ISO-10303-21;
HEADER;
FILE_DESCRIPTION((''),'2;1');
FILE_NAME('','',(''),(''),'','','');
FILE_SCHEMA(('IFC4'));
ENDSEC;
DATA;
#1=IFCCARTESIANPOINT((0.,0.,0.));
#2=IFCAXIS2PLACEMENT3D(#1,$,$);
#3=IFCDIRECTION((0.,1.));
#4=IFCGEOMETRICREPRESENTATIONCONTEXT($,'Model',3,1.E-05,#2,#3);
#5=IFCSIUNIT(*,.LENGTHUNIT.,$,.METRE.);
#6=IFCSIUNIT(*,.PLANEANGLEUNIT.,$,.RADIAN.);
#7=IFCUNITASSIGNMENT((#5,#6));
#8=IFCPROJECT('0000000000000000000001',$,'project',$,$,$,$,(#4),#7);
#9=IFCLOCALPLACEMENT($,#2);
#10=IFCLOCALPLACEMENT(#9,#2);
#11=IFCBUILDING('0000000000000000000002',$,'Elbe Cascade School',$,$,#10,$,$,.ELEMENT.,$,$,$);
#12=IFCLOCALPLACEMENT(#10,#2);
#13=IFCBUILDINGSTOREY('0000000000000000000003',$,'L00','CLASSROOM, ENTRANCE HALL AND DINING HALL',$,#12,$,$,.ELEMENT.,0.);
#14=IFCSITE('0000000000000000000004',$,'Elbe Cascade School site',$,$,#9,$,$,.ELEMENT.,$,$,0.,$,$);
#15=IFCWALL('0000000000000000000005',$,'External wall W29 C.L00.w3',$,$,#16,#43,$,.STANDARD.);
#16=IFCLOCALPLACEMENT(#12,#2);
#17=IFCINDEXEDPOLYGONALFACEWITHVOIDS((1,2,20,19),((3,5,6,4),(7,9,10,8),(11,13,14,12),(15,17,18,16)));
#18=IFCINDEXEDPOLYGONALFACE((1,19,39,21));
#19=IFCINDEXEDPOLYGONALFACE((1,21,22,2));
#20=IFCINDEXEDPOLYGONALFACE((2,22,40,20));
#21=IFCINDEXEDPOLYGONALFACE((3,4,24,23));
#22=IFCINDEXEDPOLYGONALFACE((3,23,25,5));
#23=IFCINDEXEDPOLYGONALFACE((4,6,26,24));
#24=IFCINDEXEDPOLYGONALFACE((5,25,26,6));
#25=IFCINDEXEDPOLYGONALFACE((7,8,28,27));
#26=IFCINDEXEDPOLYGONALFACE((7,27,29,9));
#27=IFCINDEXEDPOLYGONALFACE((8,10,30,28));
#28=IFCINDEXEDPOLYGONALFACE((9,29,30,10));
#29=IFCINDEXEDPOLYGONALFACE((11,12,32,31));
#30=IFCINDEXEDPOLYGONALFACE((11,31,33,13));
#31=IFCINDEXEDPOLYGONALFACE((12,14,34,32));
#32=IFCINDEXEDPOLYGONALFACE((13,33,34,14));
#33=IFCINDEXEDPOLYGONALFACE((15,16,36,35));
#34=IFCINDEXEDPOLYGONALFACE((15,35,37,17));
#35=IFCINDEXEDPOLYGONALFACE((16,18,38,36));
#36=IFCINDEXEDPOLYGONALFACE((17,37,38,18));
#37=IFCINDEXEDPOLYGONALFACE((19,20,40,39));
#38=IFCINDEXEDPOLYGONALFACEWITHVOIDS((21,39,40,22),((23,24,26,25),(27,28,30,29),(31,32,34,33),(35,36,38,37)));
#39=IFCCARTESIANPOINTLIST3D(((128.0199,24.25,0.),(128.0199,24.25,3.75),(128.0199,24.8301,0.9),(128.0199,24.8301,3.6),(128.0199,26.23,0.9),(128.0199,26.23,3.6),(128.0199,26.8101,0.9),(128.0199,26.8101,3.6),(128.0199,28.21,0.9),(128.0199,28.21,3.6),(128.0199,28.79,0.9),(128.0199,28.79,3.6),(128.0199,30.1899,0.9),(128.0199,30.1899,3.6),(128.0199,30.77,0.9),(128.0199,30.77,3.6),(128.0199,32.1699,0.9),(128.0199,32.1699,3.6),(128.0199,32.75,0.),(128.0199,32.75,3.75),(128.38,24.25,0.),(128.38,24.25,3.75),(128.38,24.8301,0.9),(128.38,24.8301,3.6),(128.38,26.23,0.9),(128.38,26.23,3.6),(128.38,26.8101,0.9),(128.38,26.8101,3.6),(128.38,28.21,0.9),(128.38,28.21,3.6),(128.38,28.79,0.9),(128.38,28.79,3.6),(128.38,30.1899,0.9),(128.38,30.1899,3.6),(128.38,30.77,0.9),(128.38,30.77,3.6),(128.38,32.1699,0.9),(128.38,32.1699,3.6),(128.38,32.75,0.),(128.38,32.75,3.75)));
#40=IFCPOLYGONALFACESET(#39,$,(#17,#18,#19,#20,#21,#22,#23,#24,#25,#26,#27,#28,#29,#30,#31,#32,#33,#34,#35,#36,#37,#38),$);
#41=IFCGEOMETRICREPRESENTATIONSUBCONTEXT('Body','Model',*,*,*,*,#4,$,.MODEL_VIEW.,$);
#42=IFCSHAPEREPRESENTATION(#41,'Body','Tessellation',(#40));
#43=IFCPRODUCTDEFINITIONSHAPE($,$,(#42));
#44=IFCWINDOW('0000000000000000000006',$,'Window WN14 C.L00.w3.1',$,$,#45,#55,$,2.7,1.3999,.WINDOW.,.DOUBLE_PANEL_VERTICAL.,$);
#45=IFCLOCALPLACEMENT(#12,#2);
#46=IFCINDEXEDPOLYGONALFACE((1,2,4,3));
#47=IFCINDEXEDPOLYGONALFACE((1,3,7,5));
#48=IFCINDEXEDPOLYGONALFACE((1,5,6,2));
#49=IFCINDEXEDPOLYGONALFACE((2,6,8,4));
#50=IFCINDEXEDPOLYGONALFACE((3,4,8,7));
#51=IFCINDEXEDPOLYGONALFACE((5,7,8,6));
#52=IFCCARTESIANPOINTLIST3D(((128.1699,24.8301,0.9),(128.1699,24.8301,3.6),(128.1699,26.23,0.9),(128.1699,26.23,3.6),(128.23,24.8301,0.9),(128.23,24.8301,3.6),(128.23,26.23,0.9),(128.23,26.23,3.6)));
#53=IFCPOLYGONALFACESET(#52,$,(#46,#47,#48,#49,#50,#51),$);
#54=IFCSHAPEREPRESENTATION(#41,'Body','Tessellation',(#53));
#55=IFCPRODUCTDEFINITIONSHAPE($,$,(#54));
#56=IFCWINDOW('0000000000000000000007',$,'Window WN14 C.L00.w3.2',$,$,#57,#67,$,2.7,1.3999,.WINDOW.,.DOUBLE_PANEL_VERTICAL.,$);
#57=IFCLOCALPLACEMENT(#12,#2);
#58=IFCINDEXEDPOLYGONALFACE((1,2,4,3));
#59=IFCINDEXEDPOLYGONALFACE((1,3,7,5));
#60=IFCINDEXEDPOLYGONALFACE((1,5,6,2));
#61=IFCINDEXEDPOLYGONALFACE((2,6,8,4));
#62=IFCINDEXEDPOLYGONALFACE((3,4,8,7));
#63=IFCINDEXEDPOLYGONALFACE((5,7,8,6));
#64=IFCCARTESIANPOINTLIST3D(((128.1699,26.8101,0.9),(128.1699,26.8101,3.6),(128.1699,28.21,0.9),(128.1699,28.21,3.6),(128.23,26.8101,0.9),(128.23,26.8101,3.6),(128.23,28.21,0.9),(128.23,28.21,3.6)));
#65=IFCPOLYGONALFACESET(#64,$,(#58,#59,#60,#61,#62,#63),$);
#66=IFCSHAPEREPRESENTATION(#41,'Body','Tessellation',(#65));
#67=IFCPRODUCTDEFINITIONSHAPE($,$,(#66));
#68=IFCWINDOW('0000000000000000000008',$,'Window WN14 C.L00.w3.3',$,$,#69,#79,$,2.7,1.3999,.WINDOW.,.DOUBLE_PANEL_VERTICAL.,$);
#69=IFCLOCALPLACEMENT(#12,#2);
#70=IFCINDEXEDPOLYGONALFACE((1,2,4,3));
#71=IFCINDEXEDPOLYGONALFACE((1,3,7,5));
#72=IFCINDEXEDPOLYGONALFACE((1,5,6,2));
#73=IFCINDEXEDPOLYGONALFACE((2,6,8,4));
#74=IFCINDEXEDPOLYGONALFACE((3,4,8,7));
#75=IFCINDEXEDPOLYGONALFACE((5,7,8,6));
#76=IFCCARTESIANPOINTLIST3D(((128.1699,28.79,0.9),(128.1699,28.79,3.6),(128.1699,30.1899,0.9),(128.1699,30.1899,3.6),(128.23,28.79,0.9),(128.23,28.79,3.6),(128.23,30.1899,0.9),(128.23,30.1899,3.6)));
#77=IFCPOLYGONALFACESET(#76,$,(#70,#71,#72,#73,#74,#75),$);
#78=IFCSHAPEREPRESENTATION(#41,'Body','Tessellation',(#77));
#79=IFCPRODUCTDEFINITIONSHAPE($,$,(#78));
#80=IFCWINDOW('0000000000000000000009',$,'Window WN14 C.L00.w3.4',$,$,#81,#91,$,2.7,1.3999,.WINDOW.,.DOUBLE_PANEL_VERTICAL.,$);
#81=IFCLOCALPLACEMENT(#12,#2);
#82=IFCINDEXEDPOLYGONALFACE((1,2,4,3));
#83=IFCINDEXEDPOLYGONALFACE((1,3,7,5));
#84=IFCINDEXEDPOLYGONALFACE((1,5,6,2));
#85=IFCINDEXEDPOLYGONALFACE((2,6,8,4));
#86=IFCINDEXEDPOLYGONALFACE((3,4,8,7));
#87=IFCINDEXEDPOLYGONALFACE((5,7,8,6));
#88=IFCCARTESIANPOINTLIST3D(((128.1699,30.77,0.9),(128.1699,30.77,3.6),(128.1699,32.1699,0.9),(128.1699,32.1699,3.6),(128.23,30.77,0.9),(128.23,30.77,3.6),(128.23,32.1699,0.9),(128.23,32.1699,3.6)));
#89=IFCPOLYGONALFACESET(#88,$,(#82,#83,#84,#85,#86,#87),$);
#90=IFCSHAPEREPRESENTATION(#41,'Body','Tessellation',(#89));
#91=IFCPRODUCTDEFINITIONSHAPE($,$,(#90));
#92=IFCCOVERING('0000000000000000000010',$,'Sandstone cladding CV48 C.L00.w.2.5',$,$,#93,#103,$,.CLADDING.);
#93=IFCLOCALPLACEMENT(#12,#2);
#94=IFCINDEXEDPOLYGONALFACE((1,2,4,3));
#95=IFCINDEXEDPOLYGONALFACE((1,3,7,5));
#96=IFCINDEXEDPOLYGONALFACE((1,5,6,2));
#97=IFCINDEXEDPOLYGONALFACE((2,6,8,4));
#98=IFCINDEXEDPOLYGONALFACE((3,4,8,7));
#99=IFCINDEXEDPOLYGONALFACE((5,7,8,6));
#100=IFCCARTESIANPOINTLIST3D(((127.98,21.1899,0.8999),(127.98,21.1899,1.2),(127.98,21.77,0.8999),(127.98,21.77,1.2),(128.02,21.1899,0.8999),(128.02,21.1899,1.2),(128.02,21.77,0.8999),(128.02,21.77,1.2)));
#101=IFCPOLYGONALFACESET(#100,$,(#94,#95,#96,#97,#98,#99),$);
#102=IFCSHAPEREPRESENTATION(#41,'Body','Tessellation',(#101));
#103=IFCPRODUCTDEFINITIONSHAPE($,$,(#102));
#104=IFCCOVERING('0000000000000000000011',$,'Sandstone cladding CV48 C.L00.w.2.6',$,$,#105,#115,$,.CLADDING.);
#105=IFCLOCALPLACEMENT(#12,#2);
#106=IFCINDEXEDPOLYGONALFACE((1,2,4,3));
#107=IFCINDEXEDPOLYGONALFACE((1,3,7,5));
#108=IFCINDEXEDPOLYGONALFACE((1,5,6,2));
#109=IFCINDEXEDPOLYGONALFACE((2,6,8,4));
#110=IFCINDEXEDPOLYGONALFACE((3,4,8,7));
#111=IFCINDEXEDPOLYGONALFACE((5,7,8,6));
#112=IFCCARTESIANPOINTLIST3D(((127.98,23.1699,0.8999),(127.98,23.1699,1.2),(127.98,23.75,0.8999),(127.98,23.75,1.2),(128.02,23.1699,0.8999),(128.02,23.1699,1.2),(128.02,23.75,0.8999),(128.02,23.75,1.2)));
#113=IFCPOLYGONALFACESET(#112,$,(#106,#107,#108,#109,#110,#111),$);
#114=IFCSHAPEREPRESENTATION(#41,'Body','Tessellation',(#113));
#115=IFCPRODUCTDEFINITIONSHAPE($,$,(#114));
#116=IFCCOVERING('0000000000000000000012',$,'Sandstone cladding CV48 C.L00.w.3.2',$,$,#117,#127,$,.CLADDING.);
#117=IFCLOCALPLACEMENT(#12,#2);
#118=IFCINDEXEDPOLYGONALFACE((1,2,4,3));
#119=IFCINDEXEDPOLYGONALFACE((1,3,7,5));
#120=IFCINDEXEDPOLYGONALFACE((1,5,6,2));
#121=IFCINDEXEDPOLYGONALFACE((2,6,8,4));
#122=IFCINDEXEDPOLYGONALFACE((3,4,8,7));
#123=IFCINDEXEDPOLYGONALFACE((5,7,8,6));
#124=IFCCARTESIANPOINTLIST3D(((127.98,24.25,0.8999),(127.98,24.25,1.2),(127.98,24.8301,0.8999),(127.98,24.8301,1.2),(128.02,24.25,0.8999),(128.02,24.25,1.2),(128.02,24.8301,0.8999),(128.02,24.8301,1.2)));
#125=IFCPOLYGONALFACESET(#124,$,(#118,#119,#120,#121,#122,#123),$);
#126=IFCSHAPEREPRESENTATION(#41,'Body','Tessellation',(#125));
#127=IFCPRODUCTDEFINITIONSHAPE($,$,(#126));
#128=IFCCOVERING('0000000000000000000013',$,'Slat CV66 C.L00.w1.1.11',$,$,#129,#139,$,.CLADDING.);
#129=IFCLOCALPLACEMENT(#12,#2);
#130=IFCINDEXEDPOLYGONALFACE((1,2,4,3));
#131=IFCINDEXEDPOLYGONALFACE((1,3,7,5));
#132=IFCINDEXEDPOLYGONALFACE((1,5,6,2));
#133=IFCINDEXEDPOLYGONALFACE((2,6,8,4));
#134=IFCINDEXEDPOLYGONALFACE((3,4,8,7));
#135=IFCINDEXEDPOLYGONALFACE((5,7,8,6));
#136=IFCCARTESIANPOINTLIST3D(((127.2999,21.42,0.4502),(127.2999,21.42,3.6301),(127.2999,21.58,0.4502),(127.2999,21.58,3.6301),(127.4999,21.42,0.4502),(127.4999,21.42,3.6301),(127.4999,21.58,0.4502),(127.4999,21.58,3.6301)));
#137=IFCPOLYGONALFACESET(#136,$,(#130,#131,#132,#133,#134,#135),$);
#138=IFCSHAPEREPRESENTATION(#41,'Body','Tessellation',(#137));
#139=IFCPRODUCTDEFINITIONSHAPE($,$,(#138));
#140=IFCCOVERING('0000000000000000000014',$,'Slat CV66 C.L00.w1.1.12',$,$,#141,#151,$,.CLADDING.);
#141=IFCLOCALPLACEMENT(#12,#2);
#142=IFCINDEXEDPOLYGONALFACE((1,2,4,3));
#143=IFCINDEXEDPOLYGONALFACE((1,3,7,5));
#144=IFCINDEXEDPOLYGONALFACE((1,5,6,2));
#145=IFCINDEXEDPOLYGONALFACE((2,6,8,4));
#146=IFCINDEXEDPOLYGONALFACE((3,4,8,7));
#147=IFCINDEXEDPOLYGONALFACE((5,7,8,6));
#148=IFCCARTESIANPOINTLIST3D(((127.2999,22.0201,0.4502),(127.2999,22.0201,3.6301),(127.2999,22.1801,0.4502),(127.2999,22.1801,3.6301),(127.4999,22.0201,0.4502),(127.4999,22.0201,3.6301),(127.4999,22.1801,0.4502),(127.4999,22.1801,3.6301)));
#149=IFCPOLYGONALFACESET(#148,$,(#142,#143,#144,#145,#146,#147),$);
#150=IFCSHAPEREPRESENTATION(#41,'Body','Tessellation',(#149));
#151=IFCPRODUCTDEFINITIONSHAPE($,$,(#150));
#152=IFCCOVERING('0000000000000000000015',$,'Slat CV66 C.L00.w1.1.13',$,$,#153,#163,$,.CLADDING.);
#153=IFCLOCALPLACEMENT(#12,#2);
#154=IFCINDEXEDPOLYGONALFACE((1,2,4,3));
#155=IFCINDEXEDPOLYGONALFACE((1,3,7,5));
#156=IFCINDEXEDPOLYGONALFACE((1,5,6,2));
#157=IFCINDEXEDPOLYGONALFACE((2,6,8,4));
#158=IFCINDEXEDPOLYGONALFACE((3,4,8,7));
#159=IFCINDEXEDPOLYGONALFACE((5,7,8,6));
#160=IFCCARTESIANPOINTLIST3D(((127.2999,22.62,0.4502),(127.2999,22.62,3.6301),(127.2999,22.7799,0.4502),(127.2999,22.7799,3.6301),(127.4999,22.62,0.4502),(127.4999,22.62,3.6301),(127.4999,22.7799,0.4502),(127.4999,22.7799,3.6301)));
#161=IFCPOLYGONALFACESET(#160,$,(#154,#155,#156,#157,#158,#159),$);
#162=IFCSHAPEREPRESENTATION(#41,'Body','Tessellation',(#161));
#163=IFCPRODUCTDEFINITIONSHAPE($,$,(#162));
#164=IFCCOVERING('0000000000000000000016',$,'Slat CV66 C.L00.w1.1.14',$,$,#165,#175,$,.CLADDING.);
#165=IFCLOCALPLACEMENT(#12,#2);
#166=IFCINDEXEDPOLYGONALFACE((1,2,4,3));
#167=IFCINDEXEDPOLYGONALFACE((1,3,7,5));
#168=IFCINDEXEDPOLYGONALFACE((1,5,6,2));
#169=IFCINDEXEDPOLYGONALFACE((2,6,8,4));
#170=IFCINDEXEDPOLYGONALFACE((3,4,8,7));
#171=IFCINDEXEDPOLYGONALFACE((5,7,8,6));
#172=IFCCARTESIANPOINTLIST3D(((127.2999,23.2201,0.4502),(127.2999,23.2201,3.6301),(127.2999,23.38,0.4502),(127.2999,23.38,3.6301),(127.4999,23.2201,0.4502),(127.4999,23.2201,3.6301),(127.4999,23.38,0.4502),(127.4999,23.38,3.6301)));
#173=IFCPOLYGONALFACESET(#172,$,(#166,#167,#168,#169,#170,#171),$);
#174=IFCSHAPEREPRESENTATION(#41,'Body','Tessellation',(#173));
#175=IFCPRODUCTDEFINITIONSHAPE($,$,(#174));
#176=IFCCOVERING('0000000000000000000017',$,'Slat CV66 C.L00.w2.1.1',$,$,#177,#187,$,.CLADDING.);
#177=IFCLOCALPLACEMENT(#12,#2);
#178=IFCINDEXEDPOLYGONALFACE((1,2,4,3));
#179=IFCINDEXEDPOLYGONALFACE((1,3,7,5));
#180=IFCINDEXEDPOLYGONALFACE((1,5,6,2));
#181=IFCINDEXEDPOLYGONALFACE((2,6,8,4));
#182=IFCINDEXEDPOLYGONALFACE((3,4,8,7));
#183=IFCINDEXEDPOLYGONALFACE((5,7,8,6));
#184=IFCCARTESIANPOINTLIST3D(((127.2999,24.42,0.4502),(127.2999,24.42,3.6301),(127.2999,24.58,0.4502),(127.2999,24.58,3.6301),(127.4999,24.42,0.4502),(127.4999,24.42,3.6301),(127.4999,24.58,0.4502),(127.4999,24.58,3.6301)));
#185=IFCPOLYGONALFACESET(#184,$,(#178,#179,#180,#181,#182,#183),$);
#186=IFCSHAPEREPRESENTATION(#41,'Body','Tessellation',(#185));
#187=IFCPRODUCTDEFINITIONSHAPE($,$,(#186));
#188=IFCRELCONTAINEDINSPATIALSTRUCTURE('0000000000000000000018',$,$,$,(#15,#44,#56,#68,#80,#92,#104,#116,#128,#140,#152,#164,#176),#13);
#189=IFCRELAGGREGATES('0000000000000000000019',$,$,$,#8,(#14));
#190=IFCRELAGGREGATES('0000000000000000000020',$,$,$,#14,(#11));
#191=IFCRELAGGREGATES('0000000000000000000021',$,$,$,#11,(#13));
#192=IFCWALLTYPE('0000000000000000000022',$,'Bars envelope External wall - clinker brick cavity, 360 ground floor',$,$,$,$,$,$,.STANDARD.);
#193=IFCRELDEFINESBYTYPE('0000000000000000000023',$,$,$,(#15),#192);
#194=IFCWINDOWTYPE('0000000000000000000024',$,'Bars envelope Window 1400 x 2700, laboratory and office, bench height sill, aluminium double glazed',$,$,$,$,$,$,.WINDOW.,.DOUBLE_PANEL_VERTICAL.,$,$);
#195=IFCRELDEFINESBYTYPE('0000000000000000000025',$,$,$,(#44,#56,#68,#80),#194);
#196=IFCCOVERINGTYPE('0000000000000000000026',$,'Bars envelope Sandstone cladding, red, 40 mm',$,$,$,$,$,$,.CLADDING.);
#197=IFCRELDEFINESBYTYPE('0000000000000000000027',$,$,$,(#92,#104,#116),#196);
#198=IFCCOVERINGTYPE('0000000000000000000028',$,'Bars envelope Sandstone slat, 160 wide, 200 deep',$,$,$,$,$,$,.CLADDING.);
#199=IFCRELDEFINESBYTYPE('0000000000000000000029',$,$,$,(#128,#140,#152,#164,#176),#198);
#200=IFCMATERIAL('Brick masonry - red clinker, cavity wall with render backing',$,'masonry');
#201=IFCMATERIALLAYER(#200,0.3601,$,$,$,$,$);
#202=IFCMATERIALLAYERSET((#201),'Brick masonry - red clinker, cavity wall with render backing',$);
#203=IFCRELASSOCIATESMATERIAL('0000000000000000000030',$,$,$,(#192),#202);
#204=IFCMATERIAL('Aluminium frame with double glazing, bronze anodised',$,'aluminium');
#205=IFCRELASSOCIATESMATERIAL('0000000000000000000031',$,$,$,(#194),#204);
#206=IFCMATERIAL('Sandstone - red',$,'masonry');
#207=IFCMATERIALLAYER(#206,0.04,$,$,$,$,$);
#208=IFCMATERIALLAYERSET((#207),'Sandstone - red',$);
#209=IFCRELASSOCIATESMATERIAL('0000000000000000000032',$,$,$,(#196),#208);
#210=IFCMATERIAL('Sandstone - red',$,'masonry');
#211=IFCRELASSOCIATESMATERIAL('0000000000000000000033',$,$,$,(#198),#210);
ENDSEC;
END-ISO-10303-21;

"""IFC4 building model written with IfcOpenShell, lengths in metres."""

from ifc_helpers import new_model, si_unit, direction, frame, frame_2d, origin, origin_2d, place, context, subcontext, project, spatial, rectangle, extrude, material, layer, layer_set, type_object, element, fill, save


model = new_model("IFC4")

# Units and contexts
model_context = context("Model", 3, precision=1e-05, world=origin(), true_north=direction((0.0, 1.0)))
body_context = subcontext(model_context, "Body", "Model", "MODEL_VIEW")
ifc_project = project(units=[si_unit("LENGTHUNIT", "METRE"), si_unit("PLANEANGLEUNIT", "RADIAN")], contexts=[model_context])

# Site, building, storey
site_placement = place(None, origin())
site = spatial("IfcSite", under=ifc_project, at=site_placement, Name="Elbe Cascade School site", CompositionType="ELEMENT", RefElevation=0.0)
building_placement = place(site_placement, origin())
building = spatial("IfcBuilding", under=site, at=building_placement, Name="Elbe Cascade School", CompositionType="ELEMENT")
storey_placement = place(building_placement, origin())
storey = spatial("IfcBuildingStorey", under=building, at=storey_placement, Name="L00", Description="CLASSROOM, ENTRANCE HALL AND DINING HALL", CompositionType="ELEMENT", Elevation=0.0)

# Wall, openings, windows
ifc_material_1 = material(Name="Brick masonry - red clinker, cavity wall with render backing", Category="masonry")
ifc_layer_1 = layer(ifc_material_1, 0.3601)
ifc_layer_set_1 = layer_set([ifc_layer_1], Name="Brick masonry - red clinker, cavity wall with render backing")
wall_type = type_object("IfcWallType", Name="Bars envelope External wall - clinker brick cavity, 360 ground floor", PredefinedType="STANDARD", material=ifc_layer_set_1)
wall_placement = place(storey_placement, frame((128.2, 24.25, 0.0), z_axis=(0.0, 0.0, 1.0), x_axis=(0.0, 1.0, 0.0)))
wall = element("IfcWall", 1, at=wall_placement, inside=storey, type_object=wall_type, Name="External wall W29 C.L00.w3", PredefinedType="STANDARD", context=body_context, shape_type="SweptSolid", body=[
    extrude(rectangle(XDim=8.5, YDim=0.3601, at=frame_2d((4.25, 0.0))), origin(), (0.0, 0.0, 1.0), 3.75),
])
opening_1_placement = place(wall_placement, frame((0.5801, 0.0, 0.8999)))
opening_1 = element("IfcOpeningElement", 2, at=opening_1_placement, cuts=wall, PredefinedType="OPENING", context=body_context, shape_type="SweptSolid", body=[
    extrude(rectangle(XDim=1.3999, YDim=2.7, at=frame_2d((0.7, 1.3501))), frame((0.0, 0.1899, 0.0), z_axis=(0.0, -1.0, 0.0), x_axis=(1.0, 0.0, 0.0)), (0.0, 0.0, 1.0), 0.3801),
])
opening_2_placement = place(wall_placement, frame((2.5601, 0.0, 0.8999)))
opening_2 = element("IfcOpeningElement", 3, at=opening_2_placement, cuts=wall, PredefinedType="OPENING", context=body_context, shape_type="SweptSolid", body=[
    extrude(rectangle(XDim=1.3999, YDim=2.7, at=frame_2d((0.7, 1.3501))), frame((0.0, 0.1899, 0.0), z_axis=(0.0, -1.0, 0.0), x_axis=(1.0, 0.0, 0.0)), (0.0, 0.0, 1.0), 0.3801),
])
opening_3_placement = place(wall_placement, frame((4.54, 0.0, 0.8999)))
opening_3 = element("IfcOpeningElement", 4, at=opening_3_placement, cuts=wall, PredefinedType="OPENING", context=body_context, shape_type="SweptSolid", body=[
    extrude(rectangle(XDim=1.3999, YDim=2.7, at=frame_2d((0.7, 1.3501))), frame((0.0, 0.1899, 0.0), z_axis=(0.0, -1.0, 0.0), x_axis=(1.0, 0.0, 0.0)), (0.0, 0.0, 1.0), 0.3801),
])
opening_4_placement = place(wall_placement, frame((6.52, 0.0, 0.8999)))
opening_4 = element("IfcOpeningElement", 5, at=opening_4_placement, cuts=wall, PredefinedType="OPENING", context=body_context, shape_type="SweptSolid", body=[
    extrude(rectangle(XDim=1.3999, YDim=2.7, at=frame_2d((0.7, 1.3501))), frame((0.0, 0.1899, 0.0), z_axis=(0.0, -1.0, 0.0), x_axis=(1.0, 0.0, 0.0)), (0.0, 0.0, 1.0), 0.3801),
])
ifc_material_2 = material(Name="Aluminium frame with double glazing, bronze anodised", Category="aluminium")
window_type = type_object("IfcWindowType", Name="Bars envelope Window 1400 x 2700, laboratory and office, bench height sill, aluminium double glazed", PartitioningType="DOUBLE_PANEL_VERTICAL", PredefinedType="WINDOW", material=ifc_material_2)
window_1_placement = place(opening_1_placement, origin())
window_1 = element("IfcWindow", 6, at=window_1_placement, inside=storey, type_object=window_type, Name="Window WN14 C.L00.w3.1", OverallHeight=2.7, OverallWidth=1.3999, PartitioningType="DOUBLE_PANEL_VERTICAL", PredefinedType="WINDOW", context=body_context, shape_type="SweptSolid", body=[
    extrude(rectangle(XDim=1.3999, YDim=2.7, at=frame_2d((0.7, 1.3501))), frame((0.0, 0.03, 0.0), z_axis=(0.0, -1.0, 0.0), x_axis=(1.0, 0.0, 0.0)), (0.0, 0.0, 1.0), 0.0601),
])
fill(opening_1, window_1)
window_2_placement = place(opening_2_placement, origin())
window_2 = element("IfcWindow", 7, at=window_2_placement, inside=storey, type_object=window_type, Name="Window WN14 C.L00.w3.2", OverallHeight=2.7, OverallWidth=1.3999, PartitioningType="DOUBLE_PANEL_VERTICAL", PredefinedType="WINDOW", context=body_context, shape_type="SweptSolid", body=[
    extrude(rectangle(XDim=1.3999, YDim=2.7, at=frame_2d((0.7, 1.3501))), frame((0.0, 0.03, 0.0), z_axis=(0.0, -1.0, 0.0), x_axis=(1.0, 0.0, 0.0)), (0.0, 0.0, 1.0), 0.0601),
])
fill(opening_2, window_2)
window_3_placement = place(opening_3_placement, origin())
window_3 = element("IfcWindow", 8, at=window_3_placement, inside=storey, type_object=window_type, Name="Window WN14 C.L00.w3.3", OverallHeight=2.7, OverallWidth=1.3999, PartitioningType="DOUBLE_PANEL_VERTICAL", PredefinedType="WINDOW", context=body_context, shape_type="SweptSolid", body=[
    extrude(rectangle(XDim=1.3999, YDim=2.7, at=frame_2d((0.7, 1.3501))), frame((0.0, 0.03, 0.0), z_axis=(0.0, -1.0, 0.0), x_axis=(1.0, 0.0, 0.0)), (0.0, 0.0, 1.0), 0.0601),
])
fill(opening_3, window_3)
window_4_placement = place(opening_4_placement, origin())
window_4 = element("IfcWindow", 9, at=window_4_placement, inside=storey, type_object=window_type, Name="Window WN14 C.L00.w3.4", OverallHeight=2.7, OverallWidth=1.3999, PartitioningType="DOUBLE_PANEL_VERTICAL", PredefinedType="WINDOW", context=body_context, shape_type="SweptSolid", body=[
    extrude(rectangle(XDim=1.3999, YDim=2.7, at=frame_2d((0.7, 1.3501))), frame((0.0, 0.03, 0.0), z_axis=(0.0, -1.0, 0.0), x_axis=(1.0, 0.0, 0.0)), (0.0, 0.0, 1.0), 0.0601),
])
fill(opening_4, window_4)

# Coverings
ifc_material_3 = material(Name="Sandstone - red", Category="masonry")
ifc_layer_2 = layer(ifc_material_3, 0.04)
ifc_layer_set_2 = layer_set([ifc_layer_2], Name="Sandstone - red")
covering_type_1 = type_object("IfcCoveringType", Name="Bars envelope Sandstone cladding, red, 40 mm", PredefinedType="CLADDING", material=ifc_layer_set_2)
for number, where, z_axis, x_axis, name in (
    (10, (128.0, 21.48, 0.8999), (0.0, 0.0, 1.0), (0.0, 1.0, 0.0), "Sandstone cladding CV48 C.L00.w.2.5"),
    (11, (128.0, 23.46, 0.8999), (0.0, 0.0, 1.0), (0.0, 1.0, 0.0), "Sandstone cladding CV48 C.L00.w.2.6"),
    (12, (128.0, 24.54, 0.8999), (0.0, 0.0, 1.0), (0.0, 1.0, 0.0), "Sandstone cladding CV48 C.L00.w.3.2"),
):
    element("IfcCovering", number, at=place(storey_placement, frame(where, z_axis=z_axis, x_axis=x_axis)), inside=storey, type_object=covering_type_1, Name=name, PredefinedType="CLADDING", context=body_context, shape_type="SweptSolid", body=[
        extrude(rectangle(XDim=0.5801, YDim=0.04, at=origin_2d()), origin(), (0.0, 0.0, 1.0), 0.3),
    ])
ifc_material_4 = material(Name="Sandstone - red", Category="masonry")
covering_type_2 = type_object("IfcCoveringType", Name="Bars envelope Sandstone slat, 160 wide, 200 deep", PredefinedType="CLADDING", material=ifc_material_4)
for number, where, z_axis, x_axis, name in (
    (13, (127.3999, 21.5, 0.4502), (0.0, 0.0, 1.0), (0.0, 1.0, 0.0), "Slat CV66 C.L00.w1.1.11"),
    (14, (127.3999, 22.1001, 0.4502), (0.0, 0.0, 1.0), (0.0, 1.0, 0.0), "Slat CV66 C.L00.w1.1.12"),
    (15, (127.3999, 22.7, 0.4502), (0.0, 0.0, 1.0), (0.0, 1.0, 0.0), "Slat CV66 C.L00.w1.1.13"),
    (16, (127.3999, 23.3, 0.4502), (0.0, 0.0, 1.0), (0.0, 1.0, 0.0), "Slat CV66 C.L00.w1.1.14"),
    (17, (127.3999, 24.5, 0.4502), (0.0, 0.0, 1.0), (0.0, 1.0, 0.0), "Slat CV66 C.L00.w2.1.1"),
):
    element("IfcCovering", number, at=place(storey_placement, frame(where, z_axis=z_axis, x_axis=x_axis)), inside=storey, type_object=covering_type_2, Name=name, PredefinedType="CLADDING", context=body_context, shape_type="SweptSolid", body=[
        extrude(rectangle(XDim=0.1599, YDim=0.2, at=origin_2d()), origin(), (0.0, 0.0, 1.0), 3.1799),
    ])

save(model, "model.ifc")
